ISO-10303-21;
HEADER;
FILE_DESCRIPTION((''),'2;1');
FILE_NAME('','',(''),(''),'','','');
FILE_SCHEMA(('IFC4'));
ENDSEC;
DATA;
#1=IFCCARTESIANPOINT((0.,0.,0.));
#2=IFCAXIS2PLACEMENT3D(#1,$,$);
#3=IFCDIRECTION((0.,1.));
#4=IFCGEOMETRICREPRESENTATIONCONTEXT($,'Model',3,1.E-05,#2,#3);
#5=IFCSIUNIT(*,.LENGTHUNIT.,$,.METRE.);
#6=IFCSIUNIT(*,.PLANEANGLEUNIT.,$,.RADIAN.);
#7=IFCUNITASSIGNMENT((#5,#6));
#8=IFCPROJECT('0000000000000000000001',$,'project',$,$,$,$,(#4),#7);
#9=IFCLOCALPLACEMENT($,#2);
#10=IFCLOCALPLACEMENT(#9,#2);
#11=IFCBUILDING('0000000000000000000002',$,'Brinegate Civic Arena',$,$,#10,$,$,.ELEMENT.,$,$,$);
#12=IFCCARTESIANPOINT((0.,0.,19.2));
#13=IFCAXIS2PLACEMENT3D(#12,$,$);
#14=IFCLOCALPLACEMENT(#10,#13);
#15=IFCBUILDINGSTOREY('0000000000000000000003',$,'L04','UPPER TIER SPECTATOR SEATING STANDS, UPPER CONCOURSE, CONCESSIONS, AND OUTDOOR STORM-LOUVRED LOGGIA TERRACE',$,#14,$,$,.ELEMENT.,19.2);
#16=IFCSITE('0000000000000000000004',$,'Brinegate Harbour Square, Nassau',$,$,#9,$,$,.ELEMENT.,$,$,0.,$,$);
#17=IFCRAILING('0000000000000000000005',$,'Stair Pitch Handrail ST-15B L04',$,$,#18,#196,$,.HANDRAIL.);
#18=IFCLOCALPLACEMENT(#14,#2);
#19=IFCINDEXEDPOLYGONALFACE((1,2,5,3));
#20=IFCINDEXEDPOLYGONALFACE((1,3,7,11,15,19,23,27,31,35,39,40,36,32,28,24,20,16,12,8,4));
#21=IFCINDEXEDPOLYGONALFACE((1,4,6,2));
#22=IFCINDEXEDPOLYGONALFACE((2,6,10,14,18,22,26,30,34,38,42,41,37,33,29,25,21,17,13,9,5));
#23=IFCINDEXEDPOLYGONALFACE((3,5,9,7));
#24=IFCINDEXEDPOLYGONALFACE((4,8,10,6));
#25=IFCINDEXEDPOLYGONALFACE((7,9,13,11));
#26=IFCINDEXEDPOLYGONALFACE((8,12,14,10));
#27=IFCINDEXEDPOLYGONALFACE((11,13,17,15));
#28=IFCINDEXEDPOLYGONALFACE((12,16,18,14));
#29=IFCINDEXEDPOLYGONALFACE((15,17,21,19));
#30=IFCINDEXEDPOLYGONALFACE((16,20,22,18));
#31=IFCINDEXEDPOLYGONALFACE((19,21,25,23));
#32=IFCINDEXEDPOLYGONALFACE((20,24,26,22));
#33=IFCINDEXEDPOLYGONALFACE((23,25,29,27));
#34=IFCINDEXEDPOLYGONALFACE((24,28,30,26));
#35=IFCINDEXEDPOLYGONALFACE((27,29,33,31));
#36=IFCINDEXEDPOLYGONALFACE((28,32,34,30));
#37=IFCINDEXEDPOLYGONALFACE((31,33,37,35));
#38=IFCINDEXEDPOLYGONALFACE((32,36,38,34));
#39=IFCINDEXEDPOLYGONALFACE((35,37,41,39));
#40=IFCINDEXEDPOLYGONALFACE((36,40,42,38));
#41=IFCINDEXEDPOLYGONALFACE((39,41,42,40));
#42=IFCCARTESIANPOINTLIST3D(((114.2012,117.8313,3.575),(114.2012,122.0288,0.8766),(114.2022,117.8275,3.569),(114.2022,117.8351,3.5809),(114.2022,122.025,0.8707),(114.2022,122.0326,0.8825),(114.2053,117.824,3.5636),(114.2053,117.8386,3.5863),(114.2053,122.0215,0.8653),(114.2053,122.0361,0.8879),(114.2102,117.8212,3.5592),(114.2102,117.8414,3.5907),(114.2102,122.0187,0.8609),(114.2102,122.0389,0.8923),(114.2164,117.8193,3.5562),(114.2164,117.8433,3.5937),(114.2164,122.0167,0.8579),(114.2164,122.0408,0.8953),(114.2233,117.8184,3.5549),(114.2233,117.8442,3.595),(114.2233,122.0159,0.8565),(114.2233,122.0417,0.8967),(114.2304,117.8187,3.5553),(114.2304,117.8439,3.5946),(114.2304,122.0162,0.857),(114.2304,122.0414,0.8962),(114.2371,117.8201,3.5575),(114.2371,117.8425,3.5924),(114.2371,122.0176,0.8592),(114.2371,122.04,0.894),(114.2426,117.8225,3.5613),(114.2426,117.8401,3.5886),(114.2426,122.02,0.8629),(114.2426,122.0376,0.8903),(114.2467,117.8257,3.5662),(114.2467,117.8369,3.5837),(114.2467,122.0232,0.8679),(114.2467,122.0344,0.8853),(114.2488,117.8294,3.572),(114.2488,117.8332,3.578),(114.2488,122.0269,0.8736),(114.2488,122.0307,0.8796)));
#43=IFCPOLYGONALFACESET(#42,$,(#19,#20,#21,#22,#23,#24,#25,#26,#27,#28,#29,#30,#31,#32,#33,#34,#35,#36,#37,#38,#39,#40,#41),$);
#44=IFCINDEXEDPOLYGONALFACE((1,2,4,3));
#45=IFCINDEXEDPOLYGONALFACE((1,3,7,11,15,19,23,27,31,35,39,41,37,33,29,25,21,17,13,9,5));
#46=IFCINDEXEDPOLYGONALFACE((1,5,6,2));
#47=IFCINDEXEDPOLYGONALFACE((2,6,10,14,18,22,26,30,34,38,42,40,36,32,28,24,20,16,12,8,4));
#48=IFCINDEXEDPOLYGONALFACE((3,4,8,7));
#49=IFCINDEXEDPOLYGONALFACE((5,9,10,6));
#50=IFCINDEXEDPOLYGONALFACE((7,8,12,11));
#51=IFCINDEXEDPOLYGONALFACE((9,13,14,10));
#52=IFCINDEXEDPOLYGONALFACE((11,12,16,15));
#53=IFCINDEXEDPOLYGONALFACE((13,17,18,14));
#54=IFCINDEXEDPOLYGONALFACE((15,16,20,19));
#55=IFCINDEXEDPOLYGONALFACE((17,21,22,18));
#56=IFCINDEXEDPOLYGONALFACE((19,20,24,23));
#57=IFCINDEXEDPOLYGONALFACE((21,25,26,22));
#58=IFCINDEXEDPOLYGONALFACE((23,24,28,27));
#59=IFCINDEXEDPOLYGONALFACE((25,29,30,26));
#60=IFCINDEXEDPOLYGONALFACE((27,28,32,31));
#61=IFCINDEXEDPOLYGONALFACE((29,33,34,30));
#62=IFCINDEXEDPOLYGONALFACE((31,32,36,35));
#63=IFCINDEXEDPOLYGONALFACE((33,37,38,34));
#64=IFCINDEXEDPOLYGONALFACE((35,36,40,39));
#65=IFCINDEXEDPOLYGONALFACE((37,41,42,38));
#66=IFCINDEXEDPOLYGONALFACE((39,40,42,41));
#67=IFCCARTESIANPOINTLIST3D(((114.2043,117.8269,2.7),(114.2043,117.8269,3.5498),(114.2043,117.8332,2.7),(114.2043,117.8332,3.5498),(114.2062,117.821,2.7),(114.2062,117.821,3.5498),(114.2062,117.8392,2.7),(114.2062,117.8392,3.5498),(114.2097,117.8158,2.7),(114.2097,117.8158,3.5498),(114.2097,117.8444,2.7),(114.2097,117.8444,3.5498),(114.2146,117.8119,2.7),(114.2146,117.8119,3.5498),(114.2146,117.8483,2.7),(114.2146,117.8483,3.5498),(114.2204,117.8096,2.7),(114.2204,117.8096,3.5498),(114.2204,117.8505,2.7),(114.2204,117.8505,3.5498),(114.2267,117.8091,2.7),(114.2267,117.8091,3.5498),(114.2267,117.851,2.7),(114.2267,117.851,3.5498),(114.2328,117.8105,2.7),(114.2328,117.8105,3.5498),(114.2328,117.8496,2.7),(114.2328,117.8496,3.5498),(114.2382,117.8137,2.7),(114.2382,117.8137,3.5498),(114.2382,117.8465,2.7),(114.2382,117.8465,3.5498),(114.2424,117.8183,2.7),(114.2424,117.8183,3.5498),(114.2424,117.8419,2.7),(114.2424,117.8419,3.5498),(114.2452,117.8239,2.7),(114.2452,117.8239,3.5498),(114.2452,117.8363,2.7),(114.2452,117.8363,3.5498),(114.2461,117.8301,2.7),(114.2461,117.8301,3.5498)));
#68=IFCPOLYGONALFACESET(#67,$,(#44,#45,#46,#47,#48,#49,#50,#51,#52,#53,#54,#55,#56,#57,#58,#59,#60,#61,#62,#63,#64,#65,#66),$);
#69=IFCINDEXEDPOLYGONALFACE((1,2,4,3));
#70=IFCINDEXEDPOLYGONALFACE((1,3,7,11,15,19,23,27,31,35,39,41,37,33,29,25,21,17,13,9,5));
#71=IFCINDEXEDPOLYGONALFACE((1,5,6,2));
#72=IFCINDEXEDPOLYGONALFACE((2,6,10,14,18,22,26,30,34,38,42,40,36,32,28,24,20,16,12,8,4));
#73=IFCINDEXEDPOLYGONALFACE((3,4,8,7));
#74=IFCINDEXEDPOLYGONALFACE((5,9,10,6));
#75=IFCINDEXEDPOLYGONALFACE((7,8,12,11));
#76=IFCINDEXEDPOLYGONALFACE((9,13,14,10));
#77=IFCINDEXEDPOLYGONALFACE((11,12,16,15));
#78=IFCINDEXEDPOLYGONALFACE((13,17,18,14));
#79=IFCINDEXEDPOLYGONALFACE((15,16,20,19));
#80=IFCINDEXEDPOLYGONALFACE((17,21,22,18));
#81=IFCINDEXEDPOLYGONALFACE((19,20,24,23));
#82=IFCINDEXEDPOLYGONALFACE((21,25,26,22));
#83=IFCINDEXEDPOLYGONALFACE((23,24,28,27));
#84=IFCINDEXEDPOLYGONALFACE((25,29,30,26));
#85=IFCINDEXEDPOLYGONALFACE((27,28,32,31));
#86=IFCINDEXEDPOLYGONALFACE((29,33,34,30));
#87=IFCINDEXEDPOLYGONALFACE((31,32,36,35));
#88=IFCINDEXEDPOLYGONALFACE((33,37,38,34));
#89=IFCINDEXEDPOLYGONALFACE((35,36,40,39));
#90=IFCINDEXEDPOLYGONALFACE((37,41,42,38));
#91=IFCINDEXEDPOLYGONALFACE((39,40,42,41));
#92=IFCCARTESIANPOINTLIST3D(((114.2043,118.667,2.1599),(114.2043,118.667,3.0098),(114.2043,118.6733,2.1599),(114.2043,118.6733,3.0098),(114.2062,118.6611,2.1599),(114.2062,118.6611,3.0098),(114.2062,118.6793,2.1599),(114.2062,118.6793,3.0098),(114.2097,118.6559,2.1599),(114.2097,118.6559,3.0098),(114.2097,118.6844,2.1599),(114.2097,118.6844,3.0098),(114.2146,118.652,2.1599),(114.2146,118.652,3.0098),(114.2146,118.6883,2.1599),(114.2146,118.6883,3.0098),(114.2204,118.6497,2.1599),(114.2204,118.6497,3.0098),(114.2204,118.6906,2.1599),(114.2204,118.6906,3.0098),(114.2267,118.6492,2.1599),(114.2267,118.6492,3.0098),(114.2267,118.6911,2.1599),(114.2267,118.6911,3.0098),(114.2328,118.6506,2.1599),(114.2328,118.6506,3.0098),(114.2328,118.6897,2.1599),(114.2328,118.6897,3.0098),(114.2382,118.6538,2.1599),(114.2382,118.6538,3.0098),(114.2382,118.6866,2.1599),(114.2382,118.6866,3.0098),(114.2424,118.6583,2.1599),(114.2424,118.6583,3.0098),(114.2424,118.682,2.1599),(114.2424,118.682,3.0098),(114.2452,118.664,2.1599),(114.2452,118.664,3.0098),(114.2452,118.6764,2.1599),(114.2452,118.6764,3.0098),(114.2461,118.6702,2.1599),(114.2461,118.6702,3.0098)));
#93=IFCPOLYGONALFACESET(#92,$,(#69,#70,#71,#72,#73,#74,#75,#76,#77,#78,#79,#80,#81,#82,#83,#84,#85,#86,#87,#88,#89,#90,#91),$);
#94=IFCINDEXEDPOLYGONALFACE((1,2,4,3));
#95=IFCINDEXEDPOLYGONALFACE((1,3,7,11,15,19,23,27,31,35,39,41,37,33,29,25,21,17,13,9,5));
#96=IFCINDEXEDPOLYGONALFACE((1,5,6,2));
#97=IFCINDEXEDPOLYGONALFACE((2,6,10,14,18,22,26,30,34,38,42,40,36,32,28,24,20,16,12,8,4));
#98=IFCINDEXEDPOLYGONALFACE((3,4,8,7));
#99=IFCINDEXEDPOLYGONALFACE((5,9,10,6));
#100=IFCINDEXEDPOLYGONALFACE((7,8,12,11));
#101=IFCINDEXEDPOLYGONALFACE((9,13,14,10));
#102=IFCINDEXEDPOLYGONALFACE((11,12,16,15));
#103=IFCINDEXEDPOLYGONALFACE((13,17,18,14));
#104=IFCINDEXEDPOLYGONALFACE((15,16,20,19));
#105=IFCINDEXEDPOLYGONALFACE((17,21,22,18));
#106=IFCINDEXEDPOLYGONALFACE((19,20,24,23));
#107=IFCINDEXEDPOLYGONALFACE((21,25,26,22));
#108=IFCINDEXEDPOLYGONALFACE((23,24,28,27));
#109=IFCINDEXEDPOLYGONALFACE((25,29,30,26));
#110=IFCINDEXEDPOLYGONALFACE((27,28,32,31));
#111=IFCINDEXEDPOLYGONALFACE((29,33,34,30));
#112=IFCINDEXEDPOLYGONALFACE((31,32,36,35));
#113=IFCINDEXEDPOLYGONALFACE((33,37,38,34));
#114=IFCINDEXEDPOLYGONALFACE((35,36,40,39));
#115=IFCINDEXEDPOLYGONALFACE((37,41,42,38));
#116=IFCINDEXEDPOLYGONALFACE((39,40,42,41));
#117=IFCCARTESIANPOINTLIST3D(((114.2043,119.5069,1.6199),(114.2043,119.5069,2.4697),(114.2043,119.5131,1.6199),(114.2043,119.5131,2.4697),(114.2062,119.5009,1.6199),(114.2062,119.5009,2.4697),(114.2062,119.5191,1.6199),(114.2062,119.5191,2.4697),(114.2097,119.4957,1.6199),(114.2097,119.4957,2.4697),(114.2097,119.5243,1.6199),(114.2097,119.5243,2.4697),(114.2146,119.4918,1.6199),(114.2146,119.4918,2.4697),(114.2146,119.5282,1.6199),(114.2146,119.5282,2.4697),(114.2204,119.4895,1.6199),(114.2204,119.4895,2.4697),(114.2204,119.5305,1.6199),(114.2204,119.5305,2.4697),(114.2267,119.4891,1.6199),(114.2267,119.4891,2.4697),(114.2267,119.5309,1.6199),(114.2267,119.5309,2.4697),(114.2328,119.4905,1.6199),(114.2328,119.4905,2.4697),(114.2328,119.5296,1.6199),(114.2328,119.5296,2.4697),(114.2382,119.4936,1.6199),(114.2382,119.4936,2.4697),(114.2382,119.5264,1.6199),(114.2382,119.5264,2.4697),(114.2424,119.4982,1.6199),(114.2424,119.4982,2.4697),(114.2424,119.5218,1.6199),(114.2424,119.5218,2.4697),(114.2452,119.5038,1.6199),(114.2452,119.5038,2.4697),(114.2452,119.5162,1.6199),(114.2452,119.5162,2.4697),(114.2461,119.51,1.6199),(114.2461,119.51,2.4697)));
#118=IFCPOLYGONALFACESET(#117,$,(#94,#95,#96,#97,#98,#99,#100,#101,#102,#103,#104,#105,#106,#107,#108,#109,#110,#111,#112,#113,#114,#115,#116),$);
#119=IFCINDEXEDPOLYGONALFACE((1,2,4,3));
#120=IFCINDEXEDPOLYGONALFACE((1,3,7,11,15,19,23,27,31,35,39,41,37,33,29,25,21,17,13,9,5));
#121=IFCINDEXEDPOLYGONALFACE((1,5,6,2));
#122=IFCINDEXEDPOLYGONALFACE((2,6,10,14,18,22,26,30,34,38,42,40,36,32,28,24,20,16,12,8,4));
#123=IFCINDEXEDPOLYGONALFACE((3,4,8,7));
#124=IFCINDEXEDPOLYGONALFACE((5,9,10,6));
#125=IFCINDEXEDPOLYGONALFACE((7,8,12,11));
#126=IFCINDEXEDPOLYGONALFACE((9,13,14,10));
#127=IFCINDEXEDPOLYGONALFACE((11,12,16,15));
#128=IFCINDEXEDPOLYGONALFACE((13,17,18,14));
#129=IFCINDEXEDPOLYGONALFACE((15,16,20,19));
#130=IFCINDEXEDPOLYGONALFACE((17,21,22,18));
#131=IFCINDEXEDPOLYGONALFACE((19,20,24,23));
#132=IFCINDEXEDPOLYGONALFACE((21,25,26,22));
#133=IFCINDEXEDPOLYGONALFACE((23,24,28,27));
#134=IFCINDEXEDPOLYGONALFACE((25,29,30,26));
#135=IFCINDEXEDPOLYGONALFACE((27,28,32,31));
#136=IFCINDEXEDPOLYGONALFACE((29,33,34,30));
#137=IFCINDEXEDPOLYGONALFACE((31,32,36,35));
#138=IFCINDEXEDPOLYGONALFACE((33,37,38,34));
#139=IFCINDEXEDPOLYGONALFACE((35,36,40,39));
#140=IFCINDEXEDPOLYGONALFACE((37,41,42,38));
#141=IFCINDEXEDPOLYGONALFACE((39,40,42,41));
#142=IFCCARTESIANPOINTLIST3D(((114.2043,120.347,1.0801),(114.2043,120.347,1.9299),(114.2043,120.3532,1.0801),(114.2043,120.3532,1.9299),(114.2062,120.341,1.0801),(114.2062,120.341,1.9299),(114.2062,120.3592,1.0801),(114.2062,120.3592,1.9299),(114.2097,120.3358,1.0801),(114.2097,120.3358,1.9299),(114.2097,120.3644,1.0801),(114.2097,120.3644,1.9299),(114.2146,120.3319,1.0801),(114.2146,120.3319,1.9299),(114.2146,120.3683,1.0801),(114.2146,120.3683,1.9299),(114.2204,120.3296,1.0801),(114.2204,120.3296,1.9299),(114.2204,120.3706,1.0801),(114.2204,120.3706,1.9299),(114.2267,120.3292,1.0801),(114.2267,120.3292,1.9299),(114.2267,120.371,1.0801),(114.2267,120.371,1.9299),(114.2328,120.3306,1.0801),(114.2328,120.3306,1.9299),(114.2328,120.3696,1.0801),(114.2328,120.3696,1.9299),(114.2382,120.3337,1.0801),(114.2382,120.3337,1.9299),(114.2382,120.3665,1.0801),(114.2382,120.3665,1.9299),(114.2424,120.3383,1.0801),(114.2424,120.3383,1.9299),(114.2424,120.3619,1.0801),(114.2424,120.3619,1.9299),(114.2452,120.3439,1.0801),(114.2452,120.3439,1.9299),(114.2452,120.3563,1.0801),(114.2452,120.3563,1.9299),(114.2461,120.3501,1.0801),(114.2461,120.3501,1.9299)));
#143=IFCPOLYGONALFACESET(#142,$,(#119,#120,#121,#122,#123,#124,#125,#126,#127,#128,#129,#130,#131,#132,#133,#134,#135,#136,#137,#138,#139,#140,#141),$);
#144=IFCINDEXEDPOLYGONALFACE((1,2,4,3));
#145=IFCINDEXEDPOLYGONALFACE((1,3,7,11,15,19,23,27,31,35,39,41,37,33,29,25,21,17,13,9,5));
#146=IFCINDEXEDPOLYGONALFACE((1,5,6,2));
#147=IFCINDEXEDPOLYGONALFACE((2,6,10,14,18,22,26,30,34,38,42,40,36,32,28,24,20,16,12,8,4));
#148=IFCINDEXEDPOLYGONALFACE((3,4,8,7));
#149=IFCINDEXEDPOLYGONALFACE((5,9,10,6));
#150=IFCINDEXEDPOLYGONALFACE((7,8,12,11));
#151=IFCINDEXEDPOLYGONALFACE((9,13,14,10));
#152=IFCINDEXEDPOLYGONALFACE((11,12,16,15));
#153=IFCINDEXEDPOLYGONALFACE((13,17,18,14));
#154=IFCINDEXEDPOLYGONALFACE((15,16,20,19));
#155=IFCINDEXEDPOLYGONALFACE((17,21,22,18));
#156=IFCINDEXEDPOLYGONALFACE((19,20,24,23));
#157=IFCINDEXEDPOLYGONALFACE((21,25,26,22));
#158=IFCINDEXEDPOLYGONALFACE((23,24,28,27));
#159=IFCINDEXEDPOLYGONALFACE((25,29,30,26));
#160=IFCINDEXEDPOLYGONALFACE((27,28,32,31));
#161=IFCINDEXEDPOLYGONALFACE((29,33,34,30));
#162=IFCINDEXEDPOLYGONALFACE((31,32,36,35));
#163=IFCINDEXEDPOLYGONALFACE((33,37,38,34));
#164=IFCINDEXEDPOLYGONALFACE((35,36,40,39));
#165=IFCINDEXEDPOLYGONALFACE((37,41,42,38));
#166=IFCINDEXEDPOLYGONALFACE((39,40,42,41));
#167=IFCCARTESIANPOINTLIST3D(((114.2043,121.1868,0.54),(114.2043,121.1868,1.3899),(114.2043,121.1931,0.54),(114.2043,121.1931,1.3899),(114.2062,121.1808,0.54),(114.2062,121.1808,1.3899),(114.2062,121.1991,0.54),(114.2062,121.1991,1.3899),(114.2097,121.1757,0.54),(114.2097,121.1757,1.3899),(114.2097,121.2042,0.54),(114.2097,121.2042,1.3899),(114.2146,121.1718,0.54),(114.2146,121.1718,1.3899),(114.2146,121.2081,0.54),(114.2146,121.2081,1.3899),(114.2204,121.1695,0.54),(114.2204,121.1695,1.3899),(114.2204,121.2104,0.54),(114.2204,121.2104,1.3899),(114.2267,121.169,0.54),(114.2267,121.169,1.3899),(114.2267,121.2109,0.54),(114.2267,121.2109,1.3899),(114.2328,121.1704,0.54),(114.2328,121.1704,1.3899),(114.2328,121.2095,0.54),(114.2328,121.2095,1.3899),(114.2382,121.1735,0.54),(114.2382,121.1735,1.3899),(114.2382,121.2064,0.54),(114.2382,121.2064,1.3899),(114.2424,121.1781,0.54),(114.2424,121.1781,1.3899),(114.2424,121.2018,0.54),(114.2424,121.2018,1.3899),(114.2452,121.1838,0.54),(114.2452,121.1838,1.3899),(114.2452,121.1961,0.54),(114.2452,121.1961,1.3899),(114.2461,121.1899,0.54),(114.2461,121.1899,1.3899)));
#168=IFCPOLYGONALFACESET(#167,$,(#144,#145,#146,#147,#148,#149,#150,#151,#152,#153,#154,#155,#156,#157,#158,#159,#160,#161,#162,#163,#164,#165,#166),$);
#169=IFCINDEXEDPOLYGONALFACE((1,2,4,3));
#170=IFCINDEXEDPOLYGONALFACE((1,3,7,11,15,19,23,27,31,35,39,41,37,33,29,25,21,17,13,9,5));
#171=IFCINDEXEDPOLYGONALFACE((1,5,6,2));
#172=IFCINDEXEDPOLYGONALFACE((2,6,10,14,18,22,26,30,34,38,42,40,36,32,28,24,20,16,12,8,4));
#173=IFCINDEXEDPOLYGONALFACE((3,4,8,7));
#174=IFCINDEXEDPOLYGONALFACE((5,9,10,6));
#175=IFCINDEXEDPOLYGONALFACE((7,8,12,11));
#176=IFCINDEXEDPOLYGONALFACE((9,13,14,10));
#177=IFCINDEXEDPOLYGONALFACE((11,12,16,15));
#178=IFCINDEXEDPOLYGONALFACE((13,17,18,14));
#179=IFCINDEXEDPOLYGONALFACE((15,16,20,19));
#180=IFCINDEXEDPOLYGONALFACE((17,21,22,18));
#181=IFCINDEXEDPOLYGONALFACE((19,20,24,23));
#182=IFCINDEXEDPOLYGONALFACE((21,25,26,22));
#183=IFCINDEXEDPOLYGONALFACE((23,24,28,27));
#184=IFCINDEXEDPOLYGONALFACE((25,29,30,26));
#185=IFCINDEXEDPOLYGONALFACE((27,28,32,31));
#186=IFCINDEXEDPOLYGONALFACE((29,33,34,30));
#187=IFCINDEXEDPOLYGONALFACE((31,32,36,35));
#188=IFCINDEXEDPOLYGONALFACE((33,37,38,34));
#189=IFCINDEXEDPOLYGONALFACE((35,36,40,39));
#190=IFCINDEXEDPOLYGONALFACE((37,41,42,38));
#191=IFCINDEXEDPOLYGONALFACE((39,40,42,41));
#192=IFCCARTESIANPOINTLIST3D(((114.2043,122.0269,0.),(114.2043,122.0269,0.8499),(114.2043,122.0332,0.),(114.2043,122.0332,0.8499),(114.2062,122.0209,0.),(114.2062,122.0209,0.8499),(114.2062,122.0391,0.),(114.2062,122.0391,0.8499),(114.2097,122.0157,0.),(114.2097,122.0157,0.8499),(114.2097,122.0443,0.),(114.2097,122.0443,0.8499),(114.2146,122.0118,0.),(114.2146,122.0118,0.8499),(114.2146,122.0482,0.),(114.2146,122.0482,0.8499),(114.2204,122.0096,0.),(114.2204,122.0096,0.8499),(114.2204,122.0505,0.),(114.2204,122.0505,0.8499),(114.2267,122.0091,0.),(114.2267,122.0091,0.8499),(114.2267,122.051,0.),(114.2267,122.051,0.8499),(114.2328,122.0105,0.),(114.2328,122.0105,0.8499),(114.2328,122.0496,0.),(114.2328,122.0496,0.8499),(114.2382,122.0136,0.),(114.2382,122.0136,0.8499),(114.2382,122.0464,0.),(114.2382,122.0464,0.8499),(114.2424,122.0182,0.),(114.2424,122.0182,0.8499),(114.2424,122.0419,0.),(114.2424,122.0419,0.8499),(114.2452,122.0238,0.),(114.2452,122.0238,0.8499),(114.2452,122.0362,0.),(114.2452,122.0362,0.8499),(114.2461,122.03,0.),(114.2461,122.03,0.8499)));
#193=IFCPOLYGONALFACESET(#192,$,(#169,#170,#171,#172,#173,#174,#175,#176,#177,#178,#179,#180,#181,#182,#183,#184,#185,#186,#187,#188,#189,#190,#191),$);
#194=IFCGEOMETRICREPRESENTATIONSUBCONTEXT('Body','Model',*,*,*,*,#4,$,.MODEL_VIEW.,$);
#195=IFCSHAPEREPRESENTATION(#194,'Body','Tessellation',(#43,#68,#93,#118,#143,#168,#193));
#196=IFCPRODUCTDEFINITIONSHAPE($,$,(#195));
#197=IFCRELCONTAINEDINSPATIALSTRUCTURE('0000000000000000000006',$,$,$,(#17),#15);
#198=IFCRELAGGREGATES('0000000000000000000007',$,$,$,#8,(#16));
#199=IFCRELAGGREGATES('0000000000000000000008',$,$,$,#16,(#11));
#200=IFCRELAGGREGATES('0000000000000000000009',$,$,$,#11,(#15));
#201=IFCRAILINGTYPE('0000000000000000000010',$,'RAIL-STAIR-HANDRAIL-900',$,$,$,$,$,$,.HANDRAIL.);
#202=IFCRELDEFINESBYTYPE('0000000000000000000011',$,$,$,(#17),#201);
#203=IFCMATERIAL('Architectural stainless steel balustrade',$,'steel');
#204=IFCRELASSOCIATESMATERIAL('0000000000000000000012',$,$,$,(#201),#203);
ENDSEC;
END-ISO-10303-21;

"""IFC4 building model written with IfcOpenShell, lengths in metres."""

from ifc_helpers import new_model, si_unit, direction, frame, origin, origin_2d, place, context, subcontext, project, spatial, circle, extrude, material, type_object, element, save


model = new_model("IFC4")

# Units and contexts
model_context = context("Model", 3, precision=1e-05, world=origin(), true_north=direction((0.0, 1.0)))
body_context = subcontext(model_context, "Body", "Model", "MODEL_VIEW")
ifc_project = project(units=[si_unit("LENGTHUNIT", "METRE"), si_unit("PLANEANGLEUNIT", "RADIAN")], contexts=[model_context])

# Site, building, storey
site_placement = place(None, origin())
site = spatial("IfcSite", under=ifc_project, at=site_placement, Name="Brinegate Harbour Square, Nassau", CompositionType="ELEMENT", RefElevation=0.0)
building_placement = place(site_placement, origin())
building = spatial("IfcBuilding", under=site, at=building_placement, Name="Brinegate Civic Arena", CompositionType="ELEMENT")
storey_placement = place(building_placement, frame((0.0, 0.0, 19.2)))
storey = spatial("IfcBuildingStorey", under=building, at=storey_placement, Name="L04", Description="UPPER TIER SPECTATOR SEATING STANDS, UPPER CONCOURSE, CONCESSIONS, AND OUTDOOR STORM-LOUVRED LOGGIA TERRACE", CompositionType="ELEMENT", Elevation=19.2)

# Railing
ifc_material_1 = material(Name="Architectural stainless steel balustrade", Category="steel")
railing_type_1 = type_object("IfcRailingType", Name="RAIL-STAIR-HANDRAIL-900", PredefinedType="HANDRAIL", material=ifc_material_1)
for number, where, name in (
    (1, (114.2251, 117.8301, 2.7), "Stair Pitch Handrail ST-15B L04"),
):
    element("IfcRailing", number, at=place(storey_placement, frame(where)), inside=storey, type_object=railing_type_1, Name=name, PredefinedType="HANDRAIL", context=body_context, shape_type="SweptSolid", body=[
        extrude(circle(Radius=0.0239, at=origin_2d()), frame((0.0, 0.0012, 0.875), z_axis=(0.0, 0.84118, -0.540755), x_axis=(-1.0, 0.0, 0.0)), (0.0, 0.0, 1.0), 4.99),
        extrude(circle(Radius=0.021, at=origin_2d()), origin(), (0.0, 0.0, 1.0), 0.8499),
        extrude(circle(Radius=0.021, at=origin_2d()), frame((0.0, 0.8401, -0.54)), (0.0, 0.0, 1.0), 0.8499),
        extrude(circle(Radius=0.021, at=origin_2d()), frame((0.0, 1.6799, -1.0801)), (0.0, 0.0, 1.0), 0.8499),
        extrude(circle(Radius=0.021, at=origin_2d()), frame((0.0, 2.52, -1.6199)), (0.0, 0.0, 1.0), 0.8499),
        extrude(circle(Radius=0.021, at=origin_2d()), frame((0.0, 3.3599, -2.1599)), (0.0, 0.0, 1.0), 0.8499),
        extrude(circle(Radius=0.021, at=origin_2d()), frame((0.0, 4.2, -2.7)), (0.0, 0.0, 1.0), 0.8499),
    ])

save(model, "model.ifc")
